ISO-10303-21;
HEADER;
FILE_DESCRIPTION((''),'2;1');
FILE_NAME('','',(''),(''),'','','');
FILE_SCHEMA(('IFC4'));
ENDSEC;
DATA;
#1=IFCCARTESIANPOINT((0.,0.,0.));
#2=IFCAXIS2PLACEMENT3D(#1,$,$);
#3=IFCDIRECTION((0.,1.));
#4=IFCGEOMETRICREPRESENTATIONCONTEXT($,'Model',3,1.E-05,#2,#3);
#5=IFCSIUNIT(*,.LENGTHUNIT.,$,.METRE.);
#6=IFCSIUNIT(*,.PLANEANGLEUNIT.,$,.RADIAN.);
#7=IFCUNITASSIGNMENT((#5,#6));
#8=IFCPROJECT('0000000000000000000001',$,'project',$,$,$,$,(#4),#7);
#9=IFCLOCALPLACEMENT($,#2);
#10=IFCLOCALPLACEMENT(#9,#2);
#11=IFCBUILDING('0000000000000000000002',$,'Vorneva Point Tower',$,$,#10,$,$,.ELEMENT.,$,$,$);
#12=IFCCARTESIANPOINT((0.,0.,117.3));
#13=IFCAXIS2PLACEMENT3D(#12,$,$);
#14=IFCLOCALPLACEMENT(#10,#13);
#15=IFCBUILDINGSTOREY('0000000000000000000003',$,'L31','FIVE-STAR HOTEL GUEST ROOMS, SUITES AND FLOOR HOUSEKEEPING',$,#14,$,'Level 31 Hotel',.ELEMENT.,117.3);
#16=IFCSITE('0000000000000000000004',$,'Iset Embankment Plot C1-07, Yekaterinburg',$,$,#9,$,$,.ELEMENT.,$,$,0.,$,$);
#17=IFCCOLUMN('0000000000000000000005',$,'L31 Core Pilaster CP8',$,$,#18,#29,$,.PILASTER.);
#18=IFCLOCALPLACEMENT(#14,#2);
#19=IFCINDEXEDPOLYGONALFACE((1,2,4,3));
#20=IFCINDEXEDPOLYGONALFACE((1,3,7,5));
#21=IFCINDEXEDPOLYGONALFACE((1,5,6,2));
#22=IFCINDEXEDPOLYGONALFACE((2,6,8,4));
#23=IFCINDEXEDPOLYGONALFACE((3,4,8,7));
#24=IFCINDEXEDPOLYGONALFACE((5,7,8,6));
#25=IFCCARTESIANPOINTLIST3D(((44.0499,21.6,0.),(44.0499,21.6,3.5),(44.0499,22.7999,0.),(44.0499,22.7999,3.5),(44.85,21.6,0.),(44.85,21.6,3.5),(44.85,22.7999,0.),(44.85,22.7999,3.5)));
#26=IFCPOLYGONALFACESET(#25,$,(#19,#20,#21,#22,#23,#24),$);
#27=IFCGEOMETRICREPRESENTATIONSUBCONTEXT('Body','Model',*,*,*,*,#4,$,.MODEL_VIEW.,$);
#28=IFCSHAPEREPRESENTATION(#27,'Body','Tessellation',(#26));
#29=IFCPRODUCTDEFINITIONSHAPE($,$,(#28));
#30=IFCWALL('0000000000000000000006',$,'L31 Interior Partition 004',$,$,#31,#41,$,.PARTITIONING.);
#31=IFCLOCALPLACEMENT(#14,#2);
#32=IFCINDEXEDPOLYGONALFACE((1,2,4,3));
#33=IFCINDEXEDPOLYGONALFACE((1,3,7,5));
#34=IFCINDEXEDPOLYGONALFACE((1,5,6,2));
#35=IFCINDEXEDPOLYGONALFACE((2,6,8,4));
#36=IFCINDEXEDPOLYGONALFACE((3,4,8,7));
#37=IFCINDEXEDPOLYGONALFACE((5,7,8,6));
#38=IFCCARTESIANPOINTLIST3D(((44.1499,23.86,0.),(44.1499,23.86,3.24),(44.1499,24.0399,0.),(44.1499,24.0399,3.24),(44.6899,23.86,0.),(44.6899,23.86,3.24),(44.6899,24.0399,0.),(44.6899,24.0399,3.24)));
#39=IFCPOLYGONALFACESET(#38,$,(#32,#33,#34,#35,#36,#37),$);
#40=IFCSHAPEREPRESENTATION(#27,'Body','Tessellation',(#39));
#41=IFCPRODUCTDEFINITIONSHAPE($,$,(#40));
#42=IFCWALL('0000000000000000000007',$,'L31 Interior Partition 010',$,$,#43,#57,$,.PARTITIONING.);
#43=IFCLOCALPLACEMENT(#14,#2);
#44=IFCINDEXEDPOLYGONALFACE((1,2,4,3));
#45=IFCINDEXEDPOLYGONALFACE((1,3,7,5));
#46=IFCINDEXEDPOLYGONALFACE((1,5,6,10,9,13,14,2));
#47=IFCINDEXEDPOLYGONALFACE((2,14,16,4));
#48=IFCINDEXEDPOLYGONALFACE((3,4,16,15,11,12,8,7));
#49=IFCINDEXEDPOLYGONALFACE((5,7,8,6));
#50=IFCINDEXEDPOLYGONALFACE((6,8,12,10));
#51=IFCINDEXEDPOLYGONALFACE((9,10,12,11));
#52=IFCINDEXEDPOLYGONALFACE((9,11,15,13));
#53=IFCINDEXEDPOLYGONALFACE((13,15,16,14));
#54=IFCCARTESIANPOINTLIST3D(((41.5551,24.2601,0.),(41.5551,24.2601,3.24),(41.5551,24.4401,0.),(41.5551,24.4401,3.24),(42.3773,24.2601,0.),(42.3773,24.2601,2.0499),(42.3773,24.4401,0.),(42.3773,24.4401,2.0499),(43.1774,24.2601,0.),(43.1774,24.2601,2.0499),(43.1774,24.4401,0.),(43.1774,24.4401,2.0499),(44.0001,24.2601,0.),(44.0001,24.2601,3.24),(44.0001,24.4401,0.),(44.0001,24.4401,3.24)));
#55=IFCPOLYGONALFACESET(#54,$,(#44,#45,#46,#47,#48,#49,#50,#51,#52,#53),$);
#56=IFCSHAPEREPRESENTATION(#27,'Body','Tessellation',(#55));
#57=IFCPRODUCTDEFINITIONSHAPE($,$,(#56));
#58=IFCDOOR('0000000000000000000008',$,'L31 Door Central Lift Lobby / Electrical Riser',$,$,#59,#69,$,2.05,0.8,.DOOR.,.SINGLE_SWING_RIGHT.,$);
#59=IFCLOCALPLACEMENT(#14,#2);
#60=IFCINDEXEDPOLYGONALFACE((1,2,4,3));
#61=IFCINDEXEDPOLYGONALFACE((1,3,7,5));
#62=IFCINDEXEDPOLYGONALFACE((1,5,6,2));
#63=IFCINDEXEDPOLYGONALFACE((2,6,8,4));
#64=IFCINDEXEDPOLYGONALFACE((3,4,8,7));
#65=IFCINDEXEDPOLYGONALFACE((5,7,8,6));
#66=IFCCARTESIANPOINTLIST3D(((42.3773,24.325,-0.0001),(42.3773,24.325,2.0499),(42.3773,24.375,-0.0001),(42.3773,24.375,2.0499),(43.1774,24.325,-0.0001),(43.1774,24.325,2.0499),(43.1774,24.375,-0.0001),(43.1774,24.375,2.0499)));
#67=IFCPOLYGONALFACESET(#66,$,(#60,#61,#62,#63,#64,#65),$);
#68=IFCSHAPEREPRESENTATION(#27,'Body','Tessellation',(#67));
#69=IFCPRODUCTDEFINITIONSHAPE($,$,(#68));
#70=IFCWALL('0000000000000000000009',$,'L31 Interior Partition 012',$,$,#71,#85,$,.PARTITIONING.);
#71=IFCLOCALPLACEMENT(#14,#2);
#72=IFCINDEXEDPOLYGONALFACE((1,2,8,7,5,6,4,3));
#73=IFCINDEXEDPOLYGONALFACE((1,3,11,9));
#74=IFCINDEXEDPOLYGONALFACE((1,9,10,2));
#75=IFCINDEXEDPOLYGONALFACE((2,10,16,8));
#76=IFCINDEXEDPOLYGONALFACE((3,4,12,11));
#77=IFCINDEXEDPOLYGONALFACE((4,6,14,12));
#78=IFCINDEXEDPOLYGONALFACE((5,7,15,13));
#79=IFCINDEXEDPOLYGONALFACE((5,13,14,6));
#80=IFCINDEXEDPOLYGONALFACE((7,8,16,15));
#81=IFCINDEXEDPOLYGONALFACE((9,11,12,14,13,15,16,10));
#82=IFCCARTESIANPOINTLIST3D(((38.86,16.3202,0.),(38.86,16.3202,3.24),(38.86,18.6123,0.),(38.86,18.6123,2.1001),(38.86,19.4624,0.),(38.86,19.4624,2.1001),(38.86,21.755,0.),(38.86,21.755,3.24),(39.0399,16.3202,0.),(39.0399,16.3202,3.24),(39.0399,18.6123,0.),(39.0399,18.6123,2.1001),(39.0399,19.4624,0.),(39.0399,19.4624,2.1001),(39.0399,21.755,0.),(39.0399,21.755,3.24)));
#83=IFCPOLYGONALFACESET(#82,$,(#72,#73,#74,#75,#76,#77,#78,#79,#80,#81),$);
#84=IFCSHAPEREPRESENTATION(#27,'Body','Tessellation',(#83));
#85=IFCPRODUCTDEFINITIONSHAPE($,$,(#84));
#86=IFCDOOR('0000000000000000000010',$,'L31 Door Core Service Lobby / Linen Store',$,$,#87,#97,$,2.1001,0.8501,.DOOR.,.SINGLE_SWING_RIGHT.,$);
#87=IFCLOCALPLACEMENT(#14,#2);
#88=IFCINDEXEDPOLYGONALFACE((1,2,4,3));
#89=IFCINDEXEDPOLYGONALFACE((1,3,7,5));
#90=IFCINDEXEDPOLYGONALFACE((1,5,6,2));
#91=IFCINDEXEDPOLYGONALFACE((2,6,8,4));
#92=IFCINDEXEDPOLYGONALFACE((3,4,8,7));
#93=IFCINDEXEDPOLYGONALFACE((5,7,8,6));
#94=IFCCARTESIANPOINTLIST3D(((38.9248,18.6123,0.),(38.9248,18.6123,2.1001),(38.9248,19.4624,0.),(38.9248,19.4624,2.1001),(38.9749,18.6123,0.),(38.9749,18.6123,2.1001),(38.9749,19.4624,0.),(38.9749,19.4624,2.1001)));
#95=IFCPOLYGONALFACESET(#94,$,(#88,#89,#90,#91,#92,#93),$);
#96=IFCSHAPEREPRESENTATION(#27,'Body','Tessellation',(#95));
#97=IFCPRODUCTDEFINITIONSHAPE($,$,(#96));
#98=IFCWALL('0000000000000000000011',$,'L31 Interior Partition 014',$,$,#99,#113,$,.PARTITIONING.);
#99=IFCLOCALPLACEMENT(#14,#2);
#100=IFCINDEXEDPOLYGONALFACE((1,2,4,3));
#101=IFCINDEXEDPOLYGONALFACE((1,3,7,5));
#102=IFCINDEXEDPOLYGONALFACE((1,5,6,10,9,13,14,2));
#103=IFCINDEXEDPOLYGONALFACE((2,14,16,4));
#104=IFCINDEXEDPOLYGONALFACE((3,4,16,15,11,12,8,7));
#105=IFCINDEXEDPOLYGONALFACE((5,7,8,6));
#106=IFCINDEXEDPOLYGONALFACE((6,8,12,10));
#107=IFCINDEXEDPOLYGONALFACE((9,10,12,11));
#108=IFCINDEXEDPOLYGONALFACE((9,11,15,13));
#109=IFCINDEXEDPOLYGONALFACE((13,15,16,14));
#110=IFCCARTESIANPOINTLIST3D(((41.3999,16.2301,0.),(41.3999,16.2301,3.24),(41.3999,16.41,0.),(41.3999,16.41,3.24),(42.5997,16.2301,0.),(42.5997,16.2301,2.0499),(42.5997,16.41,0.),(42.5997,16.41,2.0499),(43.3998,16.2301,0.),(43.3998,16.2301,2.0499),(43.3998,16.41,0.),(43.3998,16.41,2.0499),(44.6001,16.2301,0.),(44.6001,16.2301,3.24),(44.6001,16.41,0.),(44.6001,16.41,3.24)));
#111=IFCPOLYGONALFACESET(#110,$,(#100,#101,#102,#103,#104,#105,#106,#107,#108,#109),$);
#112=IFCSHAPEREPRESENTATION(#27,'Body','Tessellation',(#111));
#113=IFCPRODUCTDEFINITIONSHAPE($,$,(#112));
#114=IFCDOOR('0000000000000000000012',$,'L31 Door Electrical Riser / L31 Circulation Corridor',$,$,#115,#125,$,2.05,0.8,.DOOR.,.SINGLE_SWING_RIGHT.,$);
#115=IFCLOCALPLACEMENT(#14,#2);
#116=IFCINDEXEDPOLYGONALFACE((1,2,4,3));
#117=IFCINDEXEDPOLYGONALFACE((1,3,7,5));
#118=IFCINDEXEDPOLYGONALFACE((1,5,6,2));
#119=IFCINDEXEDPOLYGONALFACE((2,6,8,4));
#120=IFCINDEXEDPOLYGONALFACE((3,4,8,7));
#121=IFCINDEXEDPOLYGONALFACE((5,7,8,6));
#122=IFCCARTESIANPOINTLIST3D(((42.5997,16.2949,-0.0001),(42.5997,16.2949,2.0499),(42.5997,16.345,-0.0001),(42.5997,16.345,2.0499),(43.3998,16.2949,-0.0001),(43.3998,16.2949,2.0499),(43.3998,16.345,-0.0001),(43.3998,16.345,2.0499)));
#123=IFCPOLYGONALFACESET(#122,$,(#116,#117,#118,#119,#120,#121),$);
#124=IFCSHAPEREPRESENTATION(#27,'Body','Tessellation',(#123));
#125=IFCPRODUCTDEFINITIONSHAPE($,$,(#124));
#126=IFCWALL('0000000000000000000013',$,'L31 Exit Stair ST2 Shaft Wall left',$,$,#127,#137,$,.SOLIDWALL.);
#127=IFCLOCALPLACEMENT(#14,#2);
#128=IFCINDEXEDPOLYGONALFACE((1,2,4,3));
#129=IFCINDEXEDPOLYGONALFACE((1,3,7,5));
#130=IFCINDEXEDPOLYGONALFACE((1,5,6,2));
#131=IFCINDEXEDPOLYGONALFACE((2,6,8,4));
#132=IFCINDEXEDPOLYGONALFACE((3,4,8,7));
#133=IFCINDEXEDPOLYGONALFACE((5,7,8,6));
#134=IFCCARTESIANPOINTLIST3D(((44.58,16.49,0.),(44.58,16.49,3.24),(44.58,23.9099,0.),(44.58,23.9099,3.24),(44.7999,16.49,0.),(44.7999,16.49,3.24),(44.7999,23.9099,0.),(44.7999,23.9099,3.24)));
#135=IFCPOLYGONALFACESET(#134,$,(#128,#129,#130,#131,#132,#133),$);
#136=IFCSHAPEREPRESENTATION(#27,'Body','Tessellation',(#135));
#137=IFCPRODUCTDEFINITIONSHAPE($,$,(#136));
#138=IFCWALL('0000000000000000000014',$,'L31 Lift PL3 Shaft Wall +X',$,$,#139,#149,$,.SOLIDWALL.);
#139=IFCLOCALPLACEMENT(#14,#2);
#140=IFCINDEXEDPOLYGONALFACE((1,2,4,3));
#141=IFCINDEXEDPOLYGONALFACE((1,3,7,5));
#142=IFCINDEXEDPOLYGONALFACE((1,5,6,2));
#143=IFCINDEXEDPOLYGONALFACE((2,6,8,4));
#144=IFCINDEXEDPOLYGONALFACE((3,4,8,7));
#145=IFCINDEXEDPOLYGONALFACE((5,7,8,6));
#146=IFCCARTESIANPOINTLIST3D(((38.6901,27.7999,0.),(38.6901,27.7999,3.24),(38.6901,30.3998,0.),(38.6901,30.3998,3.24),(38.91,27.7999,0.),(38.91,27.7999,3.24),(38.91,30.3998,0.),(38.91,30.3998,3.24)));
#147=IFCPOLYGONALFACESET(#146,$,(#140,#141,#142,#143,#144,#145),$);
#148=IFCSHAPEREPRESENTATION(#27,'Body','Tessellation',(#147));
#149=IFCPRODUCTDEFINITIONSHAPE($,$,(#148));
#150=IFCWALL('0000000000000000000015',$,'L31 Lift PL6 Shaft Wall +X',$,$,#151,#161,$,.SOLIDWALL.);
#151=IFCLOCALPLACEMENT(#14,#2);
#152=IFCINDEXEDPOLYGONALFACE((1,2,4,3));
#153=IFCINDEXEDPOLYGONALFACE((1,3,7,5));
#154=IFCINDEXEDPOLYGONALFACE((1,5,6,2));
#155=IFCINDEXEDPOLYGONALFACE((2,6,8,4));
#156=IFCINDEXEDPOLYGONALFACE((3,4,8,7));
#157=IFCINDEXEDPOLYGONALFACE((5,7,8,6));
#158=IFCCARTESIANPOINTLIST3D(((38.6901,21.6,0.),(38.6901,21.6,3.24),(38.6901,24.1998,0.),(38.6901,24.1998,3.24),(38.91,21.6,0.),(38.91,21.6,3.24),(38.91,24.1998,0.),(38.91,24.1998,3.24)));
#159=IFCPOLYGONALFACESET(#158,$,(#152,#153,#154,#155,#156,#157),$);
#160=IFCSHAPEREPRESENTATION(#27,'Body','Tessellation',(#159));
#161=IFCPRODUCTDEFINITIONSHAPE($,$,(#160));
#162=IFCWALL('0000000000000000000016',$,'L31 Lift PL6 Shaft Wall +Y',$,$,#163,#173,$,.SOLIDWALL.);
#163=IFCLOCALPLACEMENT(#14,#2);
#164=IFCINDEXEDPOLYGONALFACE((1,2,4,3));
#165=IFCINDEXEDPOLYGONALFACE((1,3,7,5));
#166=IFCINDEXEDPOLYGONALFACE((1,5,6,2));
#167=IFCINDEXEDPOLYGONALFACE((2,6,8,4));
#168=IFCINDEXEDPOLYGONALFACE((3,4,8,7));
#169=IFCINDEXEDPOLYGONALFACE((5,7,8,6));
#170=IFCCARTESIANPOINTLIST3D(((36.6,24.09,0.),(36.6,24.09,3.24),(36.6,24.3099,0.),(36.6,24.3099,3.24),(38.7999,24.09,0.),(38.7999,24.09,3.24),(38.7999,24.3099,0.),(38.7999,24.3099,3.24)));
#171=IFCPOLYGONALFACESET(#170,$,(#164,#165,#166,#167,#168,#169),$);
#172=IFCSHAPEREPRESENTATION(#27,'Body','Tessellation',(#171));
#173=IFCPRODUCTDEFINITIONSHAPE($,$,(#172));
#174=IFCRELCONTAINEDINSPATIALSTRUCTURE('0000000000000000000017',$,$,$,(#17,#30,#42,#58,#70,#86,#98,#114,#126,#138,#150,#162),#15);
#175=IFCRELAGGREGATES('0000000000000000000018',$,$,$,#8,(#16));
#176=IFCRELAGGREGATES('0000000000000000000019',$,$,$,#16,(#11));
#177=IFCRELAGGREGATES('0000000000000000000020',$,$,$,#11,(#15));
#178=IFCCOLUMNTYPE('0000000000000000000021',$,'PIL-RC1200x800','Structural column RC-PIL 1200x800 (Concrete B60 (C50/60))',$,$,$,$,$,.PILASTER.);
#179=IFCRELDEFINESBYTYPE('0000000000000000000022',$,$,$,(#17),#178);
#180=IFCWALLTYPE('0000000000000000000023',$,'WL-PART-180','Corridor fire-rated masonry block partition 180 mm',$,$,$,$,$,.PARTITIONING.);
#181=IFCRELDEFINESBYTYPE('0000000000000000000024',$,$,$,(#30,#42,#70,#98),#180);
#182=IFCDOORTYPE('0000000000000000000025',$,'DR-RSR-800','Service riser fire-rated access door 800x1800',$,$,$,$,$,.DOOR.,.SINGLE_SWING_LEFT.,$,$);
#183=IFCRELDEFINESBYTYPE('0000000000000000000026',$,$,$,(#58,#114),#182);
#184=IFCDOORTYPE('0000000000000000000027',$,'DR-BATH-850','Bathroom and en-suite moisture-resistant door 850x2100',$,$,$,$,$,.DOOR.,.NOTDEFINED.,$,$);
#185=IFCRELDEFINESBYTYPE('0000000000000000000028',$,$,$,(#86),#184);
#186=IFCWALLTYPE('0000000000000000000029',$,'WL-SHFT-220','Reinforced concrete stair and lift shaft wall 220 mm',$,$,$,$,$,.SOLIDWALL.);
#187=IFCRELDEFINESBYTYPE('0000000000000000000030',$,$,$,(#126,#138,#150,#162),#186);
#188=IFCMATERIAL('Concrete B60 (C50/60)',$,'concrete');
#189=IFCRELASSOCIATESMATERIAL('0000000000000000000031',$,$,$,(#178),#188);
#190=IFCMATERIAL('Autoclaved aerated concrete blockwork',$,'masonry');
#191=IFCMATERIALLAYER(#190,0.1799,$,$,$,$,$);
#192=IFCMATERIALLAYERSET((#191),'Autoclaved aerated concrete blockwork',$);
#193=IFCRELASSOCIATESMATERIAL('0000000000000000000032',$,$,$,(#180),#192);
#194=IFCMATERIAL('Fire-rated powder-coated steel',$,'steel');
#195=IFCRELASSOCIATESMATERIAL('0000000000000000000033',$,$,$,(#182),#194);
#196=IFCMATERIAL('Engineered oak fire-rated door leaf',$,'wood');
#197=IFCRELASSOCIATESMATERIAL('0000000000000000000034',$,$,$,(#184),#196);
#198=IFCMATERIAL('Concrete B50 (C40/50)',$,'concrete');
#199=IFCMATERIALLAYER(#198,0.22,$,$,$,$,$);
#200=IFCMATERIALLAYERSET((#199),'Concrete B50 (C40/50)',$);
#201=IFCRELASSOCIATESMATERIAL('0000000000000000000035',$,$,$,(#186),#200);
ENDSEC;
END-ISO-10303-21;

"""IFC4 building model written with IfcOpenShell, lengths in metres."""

from ifc_helpers import new_model, si_unit, direction, frame, frame_2d, origin, origin_2d, place, context, subcontext, project, spatial, rectangle, extrude, material, layer, layer_set, material_profile, profile_set, type_object, element, fill, save


model = new_model("IFC4")

# Units and contexts
model_context = context("Model", 3, precision=1e-05, world=origin(), true_north=direction((0.0, 1.0)))
body_context = subcontext(model_context, "Body", "Model", "MODEL_VIEW")
ifc_project = project(units=[si_unit("LENGTHUNIT", "METRE"), si_unit("PLANEANGLEUNIT", "RADIAN")], contexts=[model_context])

# Site, building, storey
site_placement = place(None, origin())
site = spatial("IfcSite", under=ifc_project, at=site_placement, Name="Iset Embankment Plot C1-07, Yekaterinburg", CompositionType="ELEMENT", RefElevation=0.0)
building_placement = place(site_placement, origin())
building = spatial("IfcBuilding", under=site, at=building_placement, Name="Vorneva Point Tower", CompositionType="ELEMENT")
storey_placement = place(building_placement, frame((0.0, 0.0, 117.3)))
storey = spatial("IfcBuildingStorey", under=building, at=storey_placement, Name="L31", Description="FIVE-STAR HOTEL GUEST ROOMS, SUITES AND FLOOR HOUSEKEEPING", LongName="Level 31 Hotel", CompositionType="ELEMENT", Elevation=117.3)

# Column
ifc_material_1 = material(Name="Concrete B60 (C50/60)", Category="concrete")
ifc_material_profile = material_profile(ifc_material_1, rectangle(XDim=0.8, YDim=1.2, at=origin_2d()), Name="RC-PIL 1200x800")
ifc_profile_set = profile_set([ifc_material_profile], Name="Concrete B60 (C50/60)")
column_type = type_object("IfcColumnType", Name="PIL-RC1200x800", Description="Structural column RC-PIL 1200x800 (Concrete B60 (C50/60))", PredefinedType="PILASTER", material=ifc_profile_set)
column_placement = place(storey_placement, frame((44.45, 22.2, 0.0), z_axis=(0.0, 0.0, 1.0), x_axis=(1.0, 0.0, 0.0)))
element("IfcColumn", 1, at=column_placement, inside=storey, type_object=column_type, Name="L31 Core Pilaster CP8", PredefinedType="PILASTER", context=body_context, shape_type="SweptSolid", body=[
    extrude(rectangle(XDim=0.8, YDim=1.2, at=origin_2d()), origin(), (0.0, 0.0, 1.0), 3.5),
])

# Wall
ifc_material_2 = material(Name="Autoclaved aerated concrete blockwork", Category="masonry")
ifc_layer_1 = layer(ifc_material_2, 0.1799)
ifc_layer_set_1 = layer_set([ifc_layer_1], Name="Autoclaved aerated concrete blockwork")
wall_type_1 = type_object("IfcWallType", Name="WL-PART-180", Description="Corridor fire-rated masonry block partition 180 mm", PredefinedType="PARTITIONING", material=ifc_layer_set_1)
wall_1_placement = place(storey_placement, frame((44.1499, 23.95, 0.0), z_axis=(0.0, 0.0, 1.0), x_axis=(1.0, 0.0, 0.0)))
element("IfcWall", 2, at=wall_1_placement, inside=storey, type_object=wall_type_1, Name="L31 Interior Partition 004", PredefinedType="PARTITIONING", context=body_context, shape_type="SweptSolid", body=[
    extrude(rectangle(XDim=0.54, YDim=0.1799, at=frame_2d((0.27, 0.0))), origin(), (0.0, 0.0, 1.0), 3.24),
])

# Walls, openings, doors
ifc_material_3 = material(Name="Fire-rated powder-coated steel", Category="steel")
wall_2_placement = place(storey_placement, frame((41.5549, 24.3501, 0.0), z_axis=(0.0, 0.0, 1.0), x_axis=(1.0, 0.0, 0.0)))
wall_2 = element("IfcWall", 3, at=wall_2_placement, inside=storey, type_object=wall_type_1, Name="L31 Interior Partition 010", PredefinedType="PARTITIONING", context=body_context, shape_type="SweptSolid", body=[
    extrude(rectangle(XDim=2.4451, YDim=0.1799, at=frame_2d((1.2227, 0.0))), origin(), (0.0, 0.0, 1.0), 3.24),
])
opening_1_placement = place(wall_2_placement, frame((0.8225, 0.0, 0.0)))
opening_1 = element("IfcOpeningElement", 4, at=opening_1_placement, cuts=wall_2, PredefinedType="OPENING", context=body_context, shape_type="SweptSolid", body=[
    extrude(rectangle(XDim=0.8, YDim=2.05, at=frame_2d((0.3999, 1.0249))), frame((0.0, 0.105, 0.0), z_axis=(0.0, -1.0, 0.0), x_axis=(1.0, 0.0, 0.0)), (0.0, 0.0, 1.0), 0.2097),
])
door_type_1 = type_object("IfcDoorType", Name="DR-RSR-800", Description="Service riser fire-rated access door 800x1800", OperationType="SINGLE_SWING_LEFT", PredefinedType="DOOR", material=ifc_material_3)
door_1_placement = place(opening_1_placement, origin())
door_1 = element("IfcDoor", 5, at=door_1_placement, inside=storey, type_object=door_type_1, Name="L31 Door Central Lift Lobby / Electrical Riser", OperationType="SINGLE_SWING_RIGHT", OverallHeight=2.05, OverallWidth=0.8, PredefinedType="DOOR", context=body_context, shape_type="SweptSolid", body=[
    extrude(rectangle(XDim=0.8, YDim=2.05, at=frame_2d((0.3999, 1.0249))), frame((0.0, 0.0249, 0.0), z_axis=(0.0, -1.0, 0.0), x_axis=(1.0, 0.0, 0.0)), (0.0, 0.0, 1.0), 0.05),
])
fill(opening_1, door_1)
wall_3_placement = place(storey_placement, frame((38.95, 21.7549, 0.0), z_axis=(0.0, 0.0, 1.0), x_axis=(0.0, -1.0, 0.0)))
wall_3 = element("IfcWall", 6, at=wall_3_placement, inside=storey, type_object=wall_type_1, Name="L31 Interior Partition 012", PredefinedType="PARTITIONING", context=body_context, shape_type="SweptSolid", body=[
    extrude(rectangle(XDim=5.4348, YDim=0.1799, at=frame_2d((2.7173, 0.0))), origin(), (0.0, 0.0, 1.0), 3.24),
])
opening_2_placement = place(wall_3_placement, frame((2.2925, 0.0, 0.0)))
opening_2 = element("IfcOpeningElement", 7, at=opening_2_placement, cuts=wall_3, PredefinedType="OPENING", context=body_context, shape_type="SweptSolid", body=[
    extrude(rectangle(XDim=0.8501, YDim=2.1001, at=frame_2d((0.425, 1.05))), frame((0.0, 0.105, 0.0), z_axis=(0.0, -1.0, 0.0), x_axis=(1.0, 0.0, 0.0)), (0.0, 0.0, 1.0), 0.2097),
])
ifc_material_4 = material(Name="Engineered oak fire-rated door leaf", Category="wood")
door_type_2 = type_object("IfcDoorType", Name="DR-BATH-850", Description="Bathroom and en-suite moisture-resistant door 850x2100", OperationType="NOTDEFINED", PredefinedType="DOOR", material=ifc_material_4)
door_2_placement = place(opening_2_placement, origin())
door_2 = element("IfcDoor", 8, at=door_2_placement, inside=storey, type_object=door_type_2, Name="L31 Door Core Service Lobby / Linen Store", OperationType="SINGLE_SWING_RIGHT", OverallHeight=2.1001, OverallWidth=0.8501, PredefinedType="DOOR", context=body_context, shape_type="SweptSolid", body=[
    extrude(rectangle(XDim=0.8501, YDim=2.1001, at=frame_2d((0.425, 1.05))), frame((0.0, 0.0249, 0.0), z_axis=(0.0, -1.0, 0.0), x_axis=(1.0, 0.0, 0.0)), (0.0, 0.0, 1.0), 0.05),
])
fill(opening_2, door_2)
wall_4_placement = place(storey_placement, frame((41.3999, 16.3201, 0.0), z_axis=(0.0, 0.0, 1.0), x_axis=(1.0, 0.0, 0.0)))
wall_4 = element("IfcWall", 9, at=wall_4_placement, inside=storey, type_object=wall_type_1, Name="L31 Interior Partition 014", PredefinedType="PARTITIONING", context=body_context, shape_type="SweptSolid", body=[
    extrude(rectangle(XDim=3.2002, YDim=0.1799, at=frame_2d((1.6001, 0.0))), origin(), (0.0, 0.0, 1.0), 3.24),
])
opening_3_placement = place(wall_4_placement, frame((1.2, 0.0, 0.0)))
opening_3 = element("IfcOpeningElement", 10, at=opening_3_placement, cuts=wall_4, PredefinedType="OPENING", context=body_context, shape_type="SweptSolid", body=[
    extrude(rectangle(XDim=0.8, YDim=2.05, at=frame_2d((0.3999, 1.0249))), frame((0.0, 0.105, 0.0), z_axis=(0.0, -1.0, 0.0), x_axis=(1.0, 0.0, 0.0)), (0.0, 0.0, 1.0), 0.2097),
])
door_3_placement = place(opening_3_placement, origin())
door_3 = element("IfcDoor", 11, at=door_3_placement, inside=storey, type_object=door_type_1, Name="L31 Door Electrical Riser / L31 Circulation Corridor", OperationType="SINGLE_SWING_RIGHT", OverallHeight=2.05, OverallWidth=0.8, PredefinedType="DOOR", context=body_context, shape_type="SweptSolid", body=[
    extrude(rectangle(XDim=0.8, YDim=2.05, at=frame_2d((0.3999, 1.0249))), frame((0.0, 0.0249, 0.0), z_axis=(0.0, -1.0, 0.0), x_axis=(1.0, 0.0, 0.0)), (0.0, 0.0, 1.0), 0.05),
])
fill(opening_3, door_3)
ifc_material_5 = material(Name="Concrete B50 (C40/50)", Category="concrete")
ifc_layer_2 = layer(ifc_material_5, 0.22)
ifc_layer_set_2 = layer_set([ifc_layer_2], Name="Concrete B50 (C40/50)")
wall_type_2 = type_object("IfcWallType", Name="WL-SHFT-220", Description="Reinforced concrete stair and lift shaft wall 220 mm", PredefinedType="SOLIDWALL", material=ifc_layer_set_2)

# Walls
wall_5_placement = place(storey_placement, frame((44.6899, 16.49, 0.0), z_axis=(0.0, 0.0, 1.0), x_axis=(0.0, 1.0, 0.0)))
element("IfcWall", 12, at=wall_5_placement, inside=storey, type_object=wall_type_2, Name="L31 Exit Stair ST2 Shaft Wall left", PredefinedType="SOLIDWALL", context=body_context, shape_type="SweptSolid", body=[
    extrude(rectangle(XDim=7.4199, YDim=0.22, at=frame_2d((3.71, 0.0))), origin(), (0.0, 0.0, 1.0), 3.24),
])
for number, where, z_axis, x_axis, name in (
    (13, (38.8, 27.8, 0.0), (0.0, 0.0, 1.0), (0.0, 1.0, 0.0), "L31 Lift PL3 Shaft Wall +X"),
    (14, (38.8, 21.6001, 0.0), (0.0, 0.0, 1.0), (0.0, 1.0, 0.0), "L31 Lift PL6 Shaft Wall +X"),
):
    element("IfcWall", number, at=place(storey_placement, frame(where, z_axis=z_axis, x_axis=x_axis)), inside=storey, type_object=wall_type_2, Name=name, PredefinedType="SOLIDWALL", context=body_context, shape_type="SweptSolid", body=[
        extrude(rectangle(XDim=2.5999, YDim=0.22, at=frame_2d((1.2998, 0.0))), origin(), (0.0, 0.0, 1.0), 3.24),
    ])
for number, where, z_axis, x_axis, name in (
    (15, (38.8, 24.2, 0.0), (0.0, 0.0, 1.0), (-1.0, 0.0, 0.0), "L31 Lift PL6 Shaft Wall +Y"),
):
    element("IfcWall", number, at=place(storey_placement, frame(where, z_axis=z_axis, x_axis=x_axis)), inside=storey, type_object=wall_type_2, Name=name, PredefinedType="SOLIDWALL", context=body_context, shape_type="SweptSolid", body=[
        extrude(rectangle(XDim=2.2, YDim=0.22, at=frame_2d((1.1001, 0.0))), origin(), (0.0, 0.0, 1.0), 3.24),
    ])

save(model, "model.ifc")
